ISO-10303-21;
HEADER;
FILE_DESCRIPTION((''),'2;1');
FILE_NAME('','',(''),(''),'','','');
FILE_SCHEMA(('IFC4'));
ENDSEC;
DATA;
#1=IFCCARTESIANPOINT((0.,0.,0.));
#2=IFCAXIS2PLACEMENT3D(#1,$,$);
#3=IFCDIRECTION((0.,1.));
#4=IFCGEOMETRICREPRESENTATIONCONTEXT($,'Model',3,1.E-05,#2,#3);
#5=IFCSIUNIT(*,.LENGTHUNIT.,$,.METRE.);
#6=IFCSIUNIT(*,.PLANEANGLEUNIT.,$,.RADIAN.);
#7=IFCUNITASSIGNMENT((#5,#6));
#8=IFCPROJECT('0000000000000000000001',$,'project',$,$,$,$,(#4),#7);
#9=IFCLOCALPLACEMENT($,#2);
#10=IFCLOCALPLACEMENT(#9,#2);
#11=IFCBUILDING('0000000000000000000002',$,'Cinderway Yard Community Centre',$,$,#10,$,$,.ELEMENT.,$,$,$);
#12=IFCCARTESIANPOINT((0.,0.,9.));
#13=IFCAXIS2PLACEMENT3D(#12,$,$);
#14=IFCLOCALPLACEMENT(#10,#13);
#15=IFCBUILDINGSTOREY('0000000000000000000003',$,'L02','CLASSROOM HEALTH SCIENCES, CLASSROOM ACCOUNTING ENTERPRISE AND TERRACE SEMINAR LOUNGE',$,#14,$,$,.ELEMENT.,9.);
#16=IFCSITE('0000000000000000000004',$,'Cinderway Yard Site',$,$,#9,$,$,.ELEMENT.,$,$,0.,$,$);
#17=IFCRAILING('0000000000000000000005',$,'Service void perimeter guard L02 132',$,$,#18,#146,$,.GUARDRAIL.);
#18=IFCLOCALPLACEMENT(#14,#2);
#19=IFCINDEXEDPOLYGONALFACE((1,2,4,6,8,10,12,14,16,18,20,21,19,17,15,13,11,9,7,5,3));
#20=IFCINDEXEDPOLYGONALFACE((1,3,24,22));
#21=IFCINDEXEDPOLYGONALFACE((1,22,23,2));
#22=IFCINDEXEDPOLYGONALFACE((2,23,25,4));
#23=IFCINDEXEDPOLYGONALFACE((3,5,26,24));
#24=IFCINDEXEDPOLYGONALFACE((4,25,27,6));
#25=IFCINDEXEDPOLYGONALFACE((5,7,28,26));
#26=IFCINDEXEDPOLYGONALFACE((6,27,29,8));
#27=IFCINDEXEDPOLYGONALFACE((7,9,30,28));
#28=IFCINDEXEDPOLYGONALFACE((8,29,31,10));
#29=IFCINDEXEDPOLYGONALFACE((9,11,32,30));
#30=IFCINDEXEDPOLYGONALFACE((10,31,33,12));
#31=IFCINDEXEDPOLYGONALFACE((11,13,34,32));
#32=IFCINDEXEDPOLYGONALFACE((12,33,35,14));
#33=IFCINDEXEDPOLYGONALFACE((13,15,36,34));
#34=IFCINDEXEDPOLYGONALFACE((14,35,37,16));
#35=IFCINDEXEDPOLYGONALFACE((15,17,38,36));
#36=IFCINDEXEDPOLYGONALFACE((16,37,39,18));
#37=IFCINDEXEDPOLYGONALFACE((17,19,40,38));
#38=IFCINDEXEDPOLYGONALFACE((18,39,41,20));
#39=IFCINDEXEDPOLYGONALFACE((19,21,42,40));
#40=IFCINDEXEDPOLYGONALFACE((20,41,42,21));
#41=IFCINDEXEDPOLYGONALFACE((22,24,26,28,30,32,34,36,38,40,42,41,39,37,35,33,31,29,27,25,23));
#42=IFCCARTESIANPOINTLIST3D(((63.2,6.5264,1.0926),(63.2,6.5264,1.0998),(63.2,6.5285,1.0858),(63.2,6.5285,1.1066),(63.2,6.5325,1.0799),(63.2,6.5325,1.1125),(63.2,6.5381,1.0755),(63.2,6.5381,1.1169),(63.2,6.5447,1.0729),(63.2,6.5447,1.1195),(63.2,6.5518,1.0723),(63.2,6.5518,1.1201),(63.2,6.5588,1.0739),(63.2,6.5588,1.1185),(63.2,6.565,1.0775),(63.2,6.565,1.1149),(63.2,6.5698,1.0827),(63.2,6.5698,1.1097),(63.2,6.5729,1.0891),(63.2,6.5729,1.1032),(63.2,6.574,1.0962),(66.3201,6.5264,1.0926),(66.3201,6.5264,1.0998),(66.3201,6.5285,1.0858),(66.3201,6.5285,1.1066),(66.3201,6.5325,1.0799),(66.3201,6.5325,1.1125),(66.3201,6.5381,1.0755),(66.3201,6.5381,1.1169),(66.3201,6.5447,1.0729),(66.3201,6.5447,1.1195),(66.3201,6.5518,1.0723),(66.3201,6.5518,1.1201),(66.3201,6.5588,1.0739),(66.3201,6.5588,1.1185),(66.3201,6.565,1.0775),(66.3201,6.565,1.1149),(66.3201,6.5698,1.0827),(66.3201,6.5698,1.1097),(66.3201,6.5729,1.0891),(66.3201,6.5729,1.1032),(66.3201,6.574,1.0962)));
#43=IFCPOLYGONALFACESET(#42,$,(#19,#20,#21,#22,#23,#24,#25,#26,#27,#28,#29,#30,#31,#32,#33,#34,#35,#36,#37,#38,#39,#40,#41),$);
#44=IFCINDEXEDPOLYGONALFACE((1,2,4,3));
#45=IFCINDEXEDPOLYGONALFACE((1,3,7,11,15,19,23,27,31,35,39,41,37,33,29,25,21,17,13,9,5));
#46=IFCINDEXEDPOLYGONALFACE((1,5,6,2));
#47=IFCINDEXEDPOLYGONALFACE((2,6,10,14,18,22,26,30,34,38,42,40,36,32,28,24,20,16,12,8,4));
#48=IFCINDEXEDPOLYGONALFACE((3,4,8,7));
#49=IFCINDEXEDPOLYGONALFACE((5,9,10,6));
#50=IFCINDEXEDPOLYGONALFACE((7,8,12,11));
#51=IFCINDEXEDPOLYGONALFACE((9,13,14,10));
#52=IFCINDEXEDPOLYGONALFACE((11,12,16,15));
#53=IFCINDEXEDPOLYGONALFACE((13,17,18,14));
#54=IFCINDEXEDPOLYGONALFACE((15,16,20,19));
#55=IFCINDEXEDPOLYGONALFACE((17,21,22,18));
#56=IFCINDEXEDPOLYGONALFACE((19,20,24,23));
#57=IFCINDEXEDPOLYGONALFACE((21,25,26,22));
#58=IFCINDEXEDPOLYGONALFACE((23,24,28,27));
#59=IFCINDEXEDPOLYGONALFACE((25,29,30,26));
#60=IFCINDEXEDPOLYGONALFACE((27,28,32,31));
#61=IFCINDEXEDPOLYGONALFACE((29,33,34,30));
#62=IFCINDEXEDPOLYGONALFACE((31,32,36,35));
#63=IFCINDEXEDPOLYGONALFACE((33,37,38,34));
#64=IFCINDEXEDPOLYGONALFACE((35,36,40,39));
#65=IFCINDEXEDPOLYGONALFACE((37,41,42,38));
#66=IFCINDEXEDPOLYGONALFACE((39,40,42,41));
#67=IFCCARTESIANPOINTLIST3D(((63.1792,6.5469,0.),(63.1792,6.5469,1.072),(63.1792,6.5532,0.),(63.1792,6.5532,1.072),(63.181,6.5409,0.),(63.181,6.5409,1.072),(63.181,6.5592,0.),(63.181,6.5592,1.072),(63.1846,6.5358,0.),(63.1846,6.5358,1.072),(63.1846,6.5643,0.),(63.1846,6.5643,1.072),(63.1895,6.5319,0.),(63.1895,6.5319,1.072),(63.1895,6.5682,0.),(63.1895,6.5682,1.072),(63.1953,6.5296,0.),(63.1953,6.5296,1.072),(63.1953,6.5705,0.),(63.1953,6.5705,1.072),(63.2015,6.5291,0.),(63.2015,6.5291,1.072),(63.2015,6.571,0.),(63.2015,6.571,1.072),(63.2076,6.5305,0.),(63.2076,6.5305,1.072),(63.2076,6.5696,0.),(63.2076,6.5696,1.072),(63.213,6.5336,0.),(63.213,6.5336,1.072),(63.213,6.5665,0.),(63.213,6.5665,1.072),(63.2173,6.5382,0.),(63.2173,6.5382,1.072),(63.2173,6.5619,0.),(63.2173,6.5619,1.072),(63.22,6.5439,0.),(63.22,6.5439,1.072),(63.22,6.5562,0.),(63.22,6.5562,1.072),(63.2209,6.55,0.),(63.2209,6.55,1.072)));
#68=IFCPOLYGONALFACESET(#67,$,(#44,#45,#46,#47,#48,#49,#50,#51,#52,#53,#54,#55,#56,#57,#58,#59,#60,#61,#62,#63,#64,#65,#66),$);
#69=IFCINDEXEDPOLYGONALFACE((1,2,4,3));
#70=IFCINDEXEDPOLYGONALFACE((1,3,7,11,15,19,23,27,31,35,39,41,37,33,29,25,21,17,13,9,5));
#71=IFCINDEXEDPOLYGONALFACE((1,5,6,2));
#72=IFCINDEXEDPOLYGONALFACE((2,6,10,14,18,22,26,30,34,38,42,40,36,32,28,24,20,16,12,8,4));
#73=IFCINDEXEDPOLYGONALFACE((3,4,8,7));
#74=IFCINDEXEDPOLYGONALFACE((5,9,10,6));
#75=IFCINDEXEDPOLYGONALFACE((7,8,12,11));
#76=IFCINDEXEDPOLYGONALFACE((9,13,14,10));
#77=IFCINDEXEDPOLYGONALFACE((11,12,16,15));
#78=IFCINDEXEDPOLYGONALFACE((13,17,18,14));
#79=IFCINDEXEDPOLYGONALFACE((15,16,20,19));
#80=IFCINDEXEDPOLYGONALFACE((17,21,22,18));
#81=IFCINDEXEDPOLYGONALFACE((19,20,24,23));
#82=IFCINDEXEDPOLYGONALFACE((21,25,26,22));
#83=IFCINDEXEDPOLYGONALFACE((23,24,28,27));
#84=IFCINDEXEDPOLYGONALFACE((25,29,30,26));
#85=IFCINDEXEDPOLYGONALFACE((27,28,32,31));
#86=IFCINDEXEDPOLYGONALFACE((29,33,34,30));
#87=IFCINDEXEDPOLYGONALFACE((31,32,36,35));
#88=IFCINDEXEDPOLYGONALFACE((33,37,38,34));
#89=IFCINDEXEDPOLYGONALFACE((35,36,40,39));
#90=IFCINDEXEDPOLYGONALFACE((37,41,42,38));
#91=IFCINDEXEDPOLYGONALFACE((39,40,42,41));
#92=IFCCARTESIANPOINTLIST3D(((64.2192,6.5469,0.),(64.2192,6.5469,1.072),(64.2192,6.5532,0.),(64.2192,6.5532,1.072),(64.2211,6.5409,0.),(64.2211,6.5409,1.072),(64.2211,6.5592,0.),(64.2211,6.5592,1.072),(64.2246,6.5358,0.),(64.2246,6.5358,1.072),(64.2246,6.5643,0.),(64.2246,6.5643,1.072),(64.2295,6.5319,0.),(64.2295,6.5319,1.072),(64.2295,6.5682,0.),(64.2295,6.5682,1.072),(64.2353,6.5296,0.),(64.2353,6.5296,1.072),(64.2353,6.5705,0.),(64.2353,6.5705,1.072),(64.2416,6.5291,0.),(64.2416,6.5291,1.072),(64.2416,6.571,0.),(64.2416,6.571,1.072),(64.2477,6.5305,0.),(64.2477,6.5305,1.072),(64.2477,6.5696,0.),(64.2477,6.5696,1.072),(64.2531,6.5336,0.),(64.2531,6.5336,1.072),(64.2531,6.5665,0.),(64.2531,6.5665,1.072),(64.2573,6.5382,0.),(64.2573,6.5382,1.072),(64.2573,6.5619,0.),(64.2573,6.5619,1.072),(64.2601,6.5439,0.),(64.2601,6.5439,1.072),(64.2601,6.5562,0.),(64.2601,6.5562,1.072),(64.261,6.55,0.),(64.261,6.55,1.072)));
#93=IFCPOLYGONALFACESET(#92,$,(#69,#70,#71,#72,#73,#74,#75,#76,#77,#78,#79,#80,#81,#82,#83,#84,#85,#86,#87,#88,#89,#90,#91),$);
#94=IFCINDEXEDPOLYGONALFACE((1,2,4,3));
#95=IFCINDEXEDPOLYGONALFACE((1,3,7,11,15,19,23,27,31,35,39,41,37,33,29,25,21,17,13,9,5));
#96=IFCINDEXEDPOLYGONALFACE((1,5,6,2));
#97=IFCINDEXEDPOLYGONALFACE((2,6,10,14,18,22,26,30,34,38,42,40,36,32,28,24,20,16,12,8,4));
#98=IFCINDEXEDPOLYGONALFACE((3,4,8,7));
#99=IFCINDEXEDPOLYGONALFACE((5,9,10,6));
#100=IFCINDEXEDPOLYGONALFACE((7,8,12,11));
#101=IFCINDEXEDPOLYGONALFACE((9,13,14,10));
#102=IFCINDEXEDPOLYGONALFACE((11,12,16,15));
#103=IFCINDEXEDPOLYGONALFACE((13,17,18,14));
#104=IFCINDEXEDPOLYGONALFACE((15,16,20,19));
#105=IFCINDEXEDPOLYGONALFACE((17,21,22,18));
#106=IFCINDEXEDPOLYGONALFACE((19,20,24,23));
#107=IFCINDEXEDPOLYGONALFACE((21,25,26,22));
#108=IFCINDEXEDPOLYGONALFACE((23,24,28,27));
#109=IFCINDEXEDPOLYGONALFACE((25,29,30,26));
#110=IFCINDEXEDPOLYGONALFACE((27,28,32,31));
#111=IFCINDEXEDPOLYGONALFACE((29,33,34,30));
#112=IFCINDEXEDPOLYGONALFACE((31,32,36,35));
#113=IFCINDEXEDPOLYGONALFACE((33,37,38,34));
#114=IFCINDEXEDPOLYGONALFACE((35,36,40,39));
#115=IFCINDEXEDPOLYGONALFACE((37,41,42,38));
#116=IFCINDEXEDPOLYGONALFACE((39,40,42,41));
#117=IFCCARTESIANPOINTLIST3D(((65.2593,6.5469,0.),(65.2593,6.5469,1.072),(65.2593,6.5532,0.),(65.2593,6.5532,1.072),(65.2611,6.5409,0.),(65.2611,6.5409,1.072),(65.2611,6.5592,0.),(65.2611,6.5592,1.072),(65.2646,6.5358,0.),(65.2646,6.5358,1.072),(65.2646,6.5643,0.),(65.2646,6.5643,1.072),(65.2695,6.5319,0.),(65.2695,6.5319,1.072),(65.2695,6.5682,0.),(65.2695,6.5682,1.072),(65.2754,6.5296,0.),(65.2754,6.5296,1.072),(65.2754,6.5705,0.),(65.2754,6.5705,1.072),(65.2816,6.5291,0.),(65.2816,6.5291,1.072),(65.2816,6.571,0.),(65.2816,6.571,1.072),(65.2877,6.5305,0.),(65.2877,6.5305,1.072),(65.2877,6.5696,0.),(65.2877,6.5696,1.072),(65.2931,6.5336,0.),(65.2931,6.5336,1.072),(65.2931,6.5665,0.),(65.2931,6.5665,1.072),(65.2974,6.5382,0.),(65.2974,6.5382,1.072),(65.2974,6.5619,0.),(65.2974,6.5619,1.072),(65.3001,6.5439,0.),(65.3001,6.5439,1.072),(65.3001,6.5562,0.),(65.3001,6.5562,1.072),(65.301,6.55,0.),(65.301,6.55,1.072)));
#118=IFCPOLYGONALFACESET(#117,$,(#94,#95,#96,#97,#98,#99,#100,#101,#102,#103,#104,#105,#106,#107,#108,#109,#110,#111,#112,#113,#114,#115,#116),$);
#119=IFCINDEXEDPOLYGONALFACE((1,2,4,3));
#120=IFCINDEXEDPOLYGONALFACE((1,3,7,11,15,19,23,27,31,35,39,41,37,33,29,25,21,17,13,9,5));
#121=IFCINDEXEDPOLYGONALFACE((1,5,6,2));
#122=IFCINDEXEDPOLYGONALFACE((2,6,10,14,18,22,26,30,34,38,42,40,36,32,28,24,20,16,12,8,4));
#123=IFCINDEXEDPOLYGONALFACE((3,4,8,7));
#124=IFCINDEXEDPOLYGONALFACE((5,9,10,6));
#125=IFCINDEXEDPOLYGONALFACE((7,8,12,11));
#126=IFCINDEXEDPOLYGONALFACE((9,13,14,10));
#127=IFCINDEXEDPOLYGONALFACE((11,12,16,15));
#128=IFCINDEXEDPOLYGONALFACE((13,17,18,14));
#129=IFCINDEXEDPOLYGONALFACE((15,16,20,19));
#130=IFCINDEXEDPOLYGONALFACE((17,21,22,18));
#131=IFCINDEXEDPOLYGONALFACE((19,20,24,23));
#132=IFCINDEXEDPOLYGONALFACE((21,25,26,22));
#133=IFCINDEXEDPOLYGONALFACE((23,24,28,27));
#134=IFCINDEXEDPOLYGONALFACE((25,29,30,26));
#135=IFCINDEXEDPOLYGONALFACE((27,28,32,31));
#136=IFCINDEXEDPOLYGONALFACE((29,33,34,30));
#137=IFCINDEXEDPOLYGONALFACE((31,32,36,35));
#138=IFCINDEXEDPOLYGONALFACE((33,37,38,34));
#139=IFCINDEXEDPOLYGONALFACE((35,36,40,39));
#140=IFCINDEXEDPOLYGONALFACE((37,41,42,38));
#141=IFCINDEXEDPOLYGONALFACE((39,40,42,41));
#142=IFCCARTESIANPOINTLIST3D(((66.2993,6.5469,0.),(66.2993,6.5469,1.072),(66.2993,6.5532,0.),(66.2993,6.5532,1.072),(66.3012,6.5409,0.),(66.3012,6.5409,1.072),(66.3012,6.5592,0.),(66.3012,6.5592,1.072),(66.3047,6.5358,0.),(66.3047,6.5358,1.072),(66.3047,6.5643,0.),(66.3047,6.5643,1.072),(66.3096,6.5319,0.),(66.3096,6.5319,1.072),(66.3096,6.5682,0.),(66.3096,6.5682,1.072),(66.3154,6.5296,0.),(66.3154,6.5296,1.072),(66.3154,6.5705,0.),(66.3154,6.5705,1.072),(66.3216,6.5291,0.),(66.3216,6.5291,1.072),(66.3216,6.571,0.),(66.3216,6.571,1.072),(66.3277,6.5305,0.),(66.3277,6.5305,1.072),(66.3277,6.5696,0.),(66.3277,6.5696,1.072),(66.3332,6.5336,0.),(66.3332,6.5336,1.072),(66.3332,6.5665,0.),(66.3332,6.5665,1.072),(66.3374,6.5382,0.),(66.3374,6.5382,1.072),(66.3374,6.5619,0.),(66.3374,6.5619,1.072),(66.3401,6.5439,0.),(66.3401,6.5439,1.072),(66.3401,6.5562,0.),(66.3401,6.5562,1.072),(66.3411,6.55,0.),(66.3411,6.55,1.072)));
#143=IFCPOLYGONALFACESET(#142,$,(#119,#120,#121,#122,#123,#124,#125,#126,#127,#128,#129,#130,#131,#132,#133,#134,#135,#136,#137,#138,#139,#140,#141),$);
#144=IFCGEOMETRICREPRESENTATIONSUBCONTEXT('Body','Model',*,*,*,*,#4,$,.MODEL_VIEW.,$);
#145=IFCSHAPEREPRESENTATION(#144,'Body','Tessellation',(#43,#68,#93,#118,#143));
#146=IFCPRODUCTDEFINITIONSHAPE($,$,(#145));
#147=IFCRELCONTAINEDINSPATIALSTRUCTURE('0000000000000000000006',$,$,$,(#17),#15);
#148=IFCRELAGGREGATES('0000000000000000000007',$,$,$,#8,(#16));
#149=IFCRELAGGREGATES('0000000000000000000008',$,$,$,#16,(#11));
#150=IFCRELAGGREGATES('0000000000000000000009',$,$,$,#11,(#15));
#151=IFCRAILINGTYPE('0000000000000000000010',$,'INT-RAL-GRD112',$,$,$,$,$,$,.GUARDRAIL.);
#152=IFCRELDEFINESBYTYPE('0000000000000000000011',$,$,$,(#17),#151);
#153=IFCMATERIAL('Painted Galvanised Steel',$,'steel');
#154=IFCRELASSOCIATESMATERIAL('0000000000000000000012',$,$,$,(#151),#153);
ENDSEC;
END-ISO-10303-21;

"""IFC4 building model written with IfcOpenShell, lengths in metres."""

from ifc_helpers import new_model, si_unit, direction, frame, origin, origin_2d, place, context, subcontext, project, spatial, circle, extrude, material, type_object, element, save


model = new_model("IFC4")

# Units and contexts
model_context = context("Model", 3, precision=1e-05, world=origin(), true_north=direction((0.0, 1.0)))
body_context = subcontext(model_context, "Body", "Model", "MODEL_VIEW")
ifc_project = project(units=[si_unit("LENGTHUNIT", "METRE"), si_unit("PLANEANGLEUNIT", "RADIAN")], contexts=[model_context])

# Site, building, storey
site_placement = place(None, origin())
site = spatial("IfcSite", under=ifc_project, at=site_placement, Name="Cinderway Yard Site", CompositionType="ELEMENT", RefElevation=0.0)
building_placement = place(site_placement, origin())
building = spatial("IfcBuilding", under=site, at=building_placement, Name="Cinderway Yard Community Centre", CompositionType="ELEMENT")
storey_placement = place(building_placement, frame((0.0, 0.0, 9.0)))
storey = spatial("IfcBuildingStorey", under=building, at=storey_placement, Name="L02", Description="CLASSROOM HEALTH SCIENCES, CLASSROOM ACCOUNTING ENTERPRISE AND TERRACE SEMINAR LOUNGE", CompositionType="ELEMENT", Elevation=9.0)

# Shared definitions
ifc_material_1 = material(Name="Painted Galvanised Steel", Category="steel")

# Railing
railing_type = type_object("IfcRailingType", Name="INT-RAL-GRD112", PredefinedType="GUARDRAIL", material=ifc_material_1)
railing_1_placement = place(storey_placement, frame((63.2, 6.55, 0.0)))
element("IfcRailing", 1, at=railing_1_placement, inside=storey, type_object=railing_type, Name="Service void perimeter guard L02 132", PredefinedType="GUARDRAIL", context=body_context, shape_type="SweptSolid", body=[
    extrude(circle(Radius=0.0239, at=origin_2d()), frame((0.0, 0.0, 1.0962), z_axis=(1.0, 0.0, 0.0), x_axis=(0.0, 1.0, 0.0)), (0.0, 0.0, 1.0), 3.1201),
    extrude(circle(Radius=0.021, at=origin_2d()), origin(), (0.0, 0.0, 1.0), 1.072),
    extrude(circle(Radius=0.021, at=origin_2d()), frame((1.04, 0.0, 0.0)), (0.0, 0.0, 1.0), 1.072),
    extrude(circle(Radius=0.021, at=origin_2d()), frame((2.0801, 0.0, 0.0)), (0.0, 0.0, 1.0), 1.072),
    extrude(circle(Radius=0.021, at=origin_2d()), frame((3.1201, 0.0, 0.0)), (0.0, 0.0, 1.0), 1.072),
])

save(model, "model.ifc")
